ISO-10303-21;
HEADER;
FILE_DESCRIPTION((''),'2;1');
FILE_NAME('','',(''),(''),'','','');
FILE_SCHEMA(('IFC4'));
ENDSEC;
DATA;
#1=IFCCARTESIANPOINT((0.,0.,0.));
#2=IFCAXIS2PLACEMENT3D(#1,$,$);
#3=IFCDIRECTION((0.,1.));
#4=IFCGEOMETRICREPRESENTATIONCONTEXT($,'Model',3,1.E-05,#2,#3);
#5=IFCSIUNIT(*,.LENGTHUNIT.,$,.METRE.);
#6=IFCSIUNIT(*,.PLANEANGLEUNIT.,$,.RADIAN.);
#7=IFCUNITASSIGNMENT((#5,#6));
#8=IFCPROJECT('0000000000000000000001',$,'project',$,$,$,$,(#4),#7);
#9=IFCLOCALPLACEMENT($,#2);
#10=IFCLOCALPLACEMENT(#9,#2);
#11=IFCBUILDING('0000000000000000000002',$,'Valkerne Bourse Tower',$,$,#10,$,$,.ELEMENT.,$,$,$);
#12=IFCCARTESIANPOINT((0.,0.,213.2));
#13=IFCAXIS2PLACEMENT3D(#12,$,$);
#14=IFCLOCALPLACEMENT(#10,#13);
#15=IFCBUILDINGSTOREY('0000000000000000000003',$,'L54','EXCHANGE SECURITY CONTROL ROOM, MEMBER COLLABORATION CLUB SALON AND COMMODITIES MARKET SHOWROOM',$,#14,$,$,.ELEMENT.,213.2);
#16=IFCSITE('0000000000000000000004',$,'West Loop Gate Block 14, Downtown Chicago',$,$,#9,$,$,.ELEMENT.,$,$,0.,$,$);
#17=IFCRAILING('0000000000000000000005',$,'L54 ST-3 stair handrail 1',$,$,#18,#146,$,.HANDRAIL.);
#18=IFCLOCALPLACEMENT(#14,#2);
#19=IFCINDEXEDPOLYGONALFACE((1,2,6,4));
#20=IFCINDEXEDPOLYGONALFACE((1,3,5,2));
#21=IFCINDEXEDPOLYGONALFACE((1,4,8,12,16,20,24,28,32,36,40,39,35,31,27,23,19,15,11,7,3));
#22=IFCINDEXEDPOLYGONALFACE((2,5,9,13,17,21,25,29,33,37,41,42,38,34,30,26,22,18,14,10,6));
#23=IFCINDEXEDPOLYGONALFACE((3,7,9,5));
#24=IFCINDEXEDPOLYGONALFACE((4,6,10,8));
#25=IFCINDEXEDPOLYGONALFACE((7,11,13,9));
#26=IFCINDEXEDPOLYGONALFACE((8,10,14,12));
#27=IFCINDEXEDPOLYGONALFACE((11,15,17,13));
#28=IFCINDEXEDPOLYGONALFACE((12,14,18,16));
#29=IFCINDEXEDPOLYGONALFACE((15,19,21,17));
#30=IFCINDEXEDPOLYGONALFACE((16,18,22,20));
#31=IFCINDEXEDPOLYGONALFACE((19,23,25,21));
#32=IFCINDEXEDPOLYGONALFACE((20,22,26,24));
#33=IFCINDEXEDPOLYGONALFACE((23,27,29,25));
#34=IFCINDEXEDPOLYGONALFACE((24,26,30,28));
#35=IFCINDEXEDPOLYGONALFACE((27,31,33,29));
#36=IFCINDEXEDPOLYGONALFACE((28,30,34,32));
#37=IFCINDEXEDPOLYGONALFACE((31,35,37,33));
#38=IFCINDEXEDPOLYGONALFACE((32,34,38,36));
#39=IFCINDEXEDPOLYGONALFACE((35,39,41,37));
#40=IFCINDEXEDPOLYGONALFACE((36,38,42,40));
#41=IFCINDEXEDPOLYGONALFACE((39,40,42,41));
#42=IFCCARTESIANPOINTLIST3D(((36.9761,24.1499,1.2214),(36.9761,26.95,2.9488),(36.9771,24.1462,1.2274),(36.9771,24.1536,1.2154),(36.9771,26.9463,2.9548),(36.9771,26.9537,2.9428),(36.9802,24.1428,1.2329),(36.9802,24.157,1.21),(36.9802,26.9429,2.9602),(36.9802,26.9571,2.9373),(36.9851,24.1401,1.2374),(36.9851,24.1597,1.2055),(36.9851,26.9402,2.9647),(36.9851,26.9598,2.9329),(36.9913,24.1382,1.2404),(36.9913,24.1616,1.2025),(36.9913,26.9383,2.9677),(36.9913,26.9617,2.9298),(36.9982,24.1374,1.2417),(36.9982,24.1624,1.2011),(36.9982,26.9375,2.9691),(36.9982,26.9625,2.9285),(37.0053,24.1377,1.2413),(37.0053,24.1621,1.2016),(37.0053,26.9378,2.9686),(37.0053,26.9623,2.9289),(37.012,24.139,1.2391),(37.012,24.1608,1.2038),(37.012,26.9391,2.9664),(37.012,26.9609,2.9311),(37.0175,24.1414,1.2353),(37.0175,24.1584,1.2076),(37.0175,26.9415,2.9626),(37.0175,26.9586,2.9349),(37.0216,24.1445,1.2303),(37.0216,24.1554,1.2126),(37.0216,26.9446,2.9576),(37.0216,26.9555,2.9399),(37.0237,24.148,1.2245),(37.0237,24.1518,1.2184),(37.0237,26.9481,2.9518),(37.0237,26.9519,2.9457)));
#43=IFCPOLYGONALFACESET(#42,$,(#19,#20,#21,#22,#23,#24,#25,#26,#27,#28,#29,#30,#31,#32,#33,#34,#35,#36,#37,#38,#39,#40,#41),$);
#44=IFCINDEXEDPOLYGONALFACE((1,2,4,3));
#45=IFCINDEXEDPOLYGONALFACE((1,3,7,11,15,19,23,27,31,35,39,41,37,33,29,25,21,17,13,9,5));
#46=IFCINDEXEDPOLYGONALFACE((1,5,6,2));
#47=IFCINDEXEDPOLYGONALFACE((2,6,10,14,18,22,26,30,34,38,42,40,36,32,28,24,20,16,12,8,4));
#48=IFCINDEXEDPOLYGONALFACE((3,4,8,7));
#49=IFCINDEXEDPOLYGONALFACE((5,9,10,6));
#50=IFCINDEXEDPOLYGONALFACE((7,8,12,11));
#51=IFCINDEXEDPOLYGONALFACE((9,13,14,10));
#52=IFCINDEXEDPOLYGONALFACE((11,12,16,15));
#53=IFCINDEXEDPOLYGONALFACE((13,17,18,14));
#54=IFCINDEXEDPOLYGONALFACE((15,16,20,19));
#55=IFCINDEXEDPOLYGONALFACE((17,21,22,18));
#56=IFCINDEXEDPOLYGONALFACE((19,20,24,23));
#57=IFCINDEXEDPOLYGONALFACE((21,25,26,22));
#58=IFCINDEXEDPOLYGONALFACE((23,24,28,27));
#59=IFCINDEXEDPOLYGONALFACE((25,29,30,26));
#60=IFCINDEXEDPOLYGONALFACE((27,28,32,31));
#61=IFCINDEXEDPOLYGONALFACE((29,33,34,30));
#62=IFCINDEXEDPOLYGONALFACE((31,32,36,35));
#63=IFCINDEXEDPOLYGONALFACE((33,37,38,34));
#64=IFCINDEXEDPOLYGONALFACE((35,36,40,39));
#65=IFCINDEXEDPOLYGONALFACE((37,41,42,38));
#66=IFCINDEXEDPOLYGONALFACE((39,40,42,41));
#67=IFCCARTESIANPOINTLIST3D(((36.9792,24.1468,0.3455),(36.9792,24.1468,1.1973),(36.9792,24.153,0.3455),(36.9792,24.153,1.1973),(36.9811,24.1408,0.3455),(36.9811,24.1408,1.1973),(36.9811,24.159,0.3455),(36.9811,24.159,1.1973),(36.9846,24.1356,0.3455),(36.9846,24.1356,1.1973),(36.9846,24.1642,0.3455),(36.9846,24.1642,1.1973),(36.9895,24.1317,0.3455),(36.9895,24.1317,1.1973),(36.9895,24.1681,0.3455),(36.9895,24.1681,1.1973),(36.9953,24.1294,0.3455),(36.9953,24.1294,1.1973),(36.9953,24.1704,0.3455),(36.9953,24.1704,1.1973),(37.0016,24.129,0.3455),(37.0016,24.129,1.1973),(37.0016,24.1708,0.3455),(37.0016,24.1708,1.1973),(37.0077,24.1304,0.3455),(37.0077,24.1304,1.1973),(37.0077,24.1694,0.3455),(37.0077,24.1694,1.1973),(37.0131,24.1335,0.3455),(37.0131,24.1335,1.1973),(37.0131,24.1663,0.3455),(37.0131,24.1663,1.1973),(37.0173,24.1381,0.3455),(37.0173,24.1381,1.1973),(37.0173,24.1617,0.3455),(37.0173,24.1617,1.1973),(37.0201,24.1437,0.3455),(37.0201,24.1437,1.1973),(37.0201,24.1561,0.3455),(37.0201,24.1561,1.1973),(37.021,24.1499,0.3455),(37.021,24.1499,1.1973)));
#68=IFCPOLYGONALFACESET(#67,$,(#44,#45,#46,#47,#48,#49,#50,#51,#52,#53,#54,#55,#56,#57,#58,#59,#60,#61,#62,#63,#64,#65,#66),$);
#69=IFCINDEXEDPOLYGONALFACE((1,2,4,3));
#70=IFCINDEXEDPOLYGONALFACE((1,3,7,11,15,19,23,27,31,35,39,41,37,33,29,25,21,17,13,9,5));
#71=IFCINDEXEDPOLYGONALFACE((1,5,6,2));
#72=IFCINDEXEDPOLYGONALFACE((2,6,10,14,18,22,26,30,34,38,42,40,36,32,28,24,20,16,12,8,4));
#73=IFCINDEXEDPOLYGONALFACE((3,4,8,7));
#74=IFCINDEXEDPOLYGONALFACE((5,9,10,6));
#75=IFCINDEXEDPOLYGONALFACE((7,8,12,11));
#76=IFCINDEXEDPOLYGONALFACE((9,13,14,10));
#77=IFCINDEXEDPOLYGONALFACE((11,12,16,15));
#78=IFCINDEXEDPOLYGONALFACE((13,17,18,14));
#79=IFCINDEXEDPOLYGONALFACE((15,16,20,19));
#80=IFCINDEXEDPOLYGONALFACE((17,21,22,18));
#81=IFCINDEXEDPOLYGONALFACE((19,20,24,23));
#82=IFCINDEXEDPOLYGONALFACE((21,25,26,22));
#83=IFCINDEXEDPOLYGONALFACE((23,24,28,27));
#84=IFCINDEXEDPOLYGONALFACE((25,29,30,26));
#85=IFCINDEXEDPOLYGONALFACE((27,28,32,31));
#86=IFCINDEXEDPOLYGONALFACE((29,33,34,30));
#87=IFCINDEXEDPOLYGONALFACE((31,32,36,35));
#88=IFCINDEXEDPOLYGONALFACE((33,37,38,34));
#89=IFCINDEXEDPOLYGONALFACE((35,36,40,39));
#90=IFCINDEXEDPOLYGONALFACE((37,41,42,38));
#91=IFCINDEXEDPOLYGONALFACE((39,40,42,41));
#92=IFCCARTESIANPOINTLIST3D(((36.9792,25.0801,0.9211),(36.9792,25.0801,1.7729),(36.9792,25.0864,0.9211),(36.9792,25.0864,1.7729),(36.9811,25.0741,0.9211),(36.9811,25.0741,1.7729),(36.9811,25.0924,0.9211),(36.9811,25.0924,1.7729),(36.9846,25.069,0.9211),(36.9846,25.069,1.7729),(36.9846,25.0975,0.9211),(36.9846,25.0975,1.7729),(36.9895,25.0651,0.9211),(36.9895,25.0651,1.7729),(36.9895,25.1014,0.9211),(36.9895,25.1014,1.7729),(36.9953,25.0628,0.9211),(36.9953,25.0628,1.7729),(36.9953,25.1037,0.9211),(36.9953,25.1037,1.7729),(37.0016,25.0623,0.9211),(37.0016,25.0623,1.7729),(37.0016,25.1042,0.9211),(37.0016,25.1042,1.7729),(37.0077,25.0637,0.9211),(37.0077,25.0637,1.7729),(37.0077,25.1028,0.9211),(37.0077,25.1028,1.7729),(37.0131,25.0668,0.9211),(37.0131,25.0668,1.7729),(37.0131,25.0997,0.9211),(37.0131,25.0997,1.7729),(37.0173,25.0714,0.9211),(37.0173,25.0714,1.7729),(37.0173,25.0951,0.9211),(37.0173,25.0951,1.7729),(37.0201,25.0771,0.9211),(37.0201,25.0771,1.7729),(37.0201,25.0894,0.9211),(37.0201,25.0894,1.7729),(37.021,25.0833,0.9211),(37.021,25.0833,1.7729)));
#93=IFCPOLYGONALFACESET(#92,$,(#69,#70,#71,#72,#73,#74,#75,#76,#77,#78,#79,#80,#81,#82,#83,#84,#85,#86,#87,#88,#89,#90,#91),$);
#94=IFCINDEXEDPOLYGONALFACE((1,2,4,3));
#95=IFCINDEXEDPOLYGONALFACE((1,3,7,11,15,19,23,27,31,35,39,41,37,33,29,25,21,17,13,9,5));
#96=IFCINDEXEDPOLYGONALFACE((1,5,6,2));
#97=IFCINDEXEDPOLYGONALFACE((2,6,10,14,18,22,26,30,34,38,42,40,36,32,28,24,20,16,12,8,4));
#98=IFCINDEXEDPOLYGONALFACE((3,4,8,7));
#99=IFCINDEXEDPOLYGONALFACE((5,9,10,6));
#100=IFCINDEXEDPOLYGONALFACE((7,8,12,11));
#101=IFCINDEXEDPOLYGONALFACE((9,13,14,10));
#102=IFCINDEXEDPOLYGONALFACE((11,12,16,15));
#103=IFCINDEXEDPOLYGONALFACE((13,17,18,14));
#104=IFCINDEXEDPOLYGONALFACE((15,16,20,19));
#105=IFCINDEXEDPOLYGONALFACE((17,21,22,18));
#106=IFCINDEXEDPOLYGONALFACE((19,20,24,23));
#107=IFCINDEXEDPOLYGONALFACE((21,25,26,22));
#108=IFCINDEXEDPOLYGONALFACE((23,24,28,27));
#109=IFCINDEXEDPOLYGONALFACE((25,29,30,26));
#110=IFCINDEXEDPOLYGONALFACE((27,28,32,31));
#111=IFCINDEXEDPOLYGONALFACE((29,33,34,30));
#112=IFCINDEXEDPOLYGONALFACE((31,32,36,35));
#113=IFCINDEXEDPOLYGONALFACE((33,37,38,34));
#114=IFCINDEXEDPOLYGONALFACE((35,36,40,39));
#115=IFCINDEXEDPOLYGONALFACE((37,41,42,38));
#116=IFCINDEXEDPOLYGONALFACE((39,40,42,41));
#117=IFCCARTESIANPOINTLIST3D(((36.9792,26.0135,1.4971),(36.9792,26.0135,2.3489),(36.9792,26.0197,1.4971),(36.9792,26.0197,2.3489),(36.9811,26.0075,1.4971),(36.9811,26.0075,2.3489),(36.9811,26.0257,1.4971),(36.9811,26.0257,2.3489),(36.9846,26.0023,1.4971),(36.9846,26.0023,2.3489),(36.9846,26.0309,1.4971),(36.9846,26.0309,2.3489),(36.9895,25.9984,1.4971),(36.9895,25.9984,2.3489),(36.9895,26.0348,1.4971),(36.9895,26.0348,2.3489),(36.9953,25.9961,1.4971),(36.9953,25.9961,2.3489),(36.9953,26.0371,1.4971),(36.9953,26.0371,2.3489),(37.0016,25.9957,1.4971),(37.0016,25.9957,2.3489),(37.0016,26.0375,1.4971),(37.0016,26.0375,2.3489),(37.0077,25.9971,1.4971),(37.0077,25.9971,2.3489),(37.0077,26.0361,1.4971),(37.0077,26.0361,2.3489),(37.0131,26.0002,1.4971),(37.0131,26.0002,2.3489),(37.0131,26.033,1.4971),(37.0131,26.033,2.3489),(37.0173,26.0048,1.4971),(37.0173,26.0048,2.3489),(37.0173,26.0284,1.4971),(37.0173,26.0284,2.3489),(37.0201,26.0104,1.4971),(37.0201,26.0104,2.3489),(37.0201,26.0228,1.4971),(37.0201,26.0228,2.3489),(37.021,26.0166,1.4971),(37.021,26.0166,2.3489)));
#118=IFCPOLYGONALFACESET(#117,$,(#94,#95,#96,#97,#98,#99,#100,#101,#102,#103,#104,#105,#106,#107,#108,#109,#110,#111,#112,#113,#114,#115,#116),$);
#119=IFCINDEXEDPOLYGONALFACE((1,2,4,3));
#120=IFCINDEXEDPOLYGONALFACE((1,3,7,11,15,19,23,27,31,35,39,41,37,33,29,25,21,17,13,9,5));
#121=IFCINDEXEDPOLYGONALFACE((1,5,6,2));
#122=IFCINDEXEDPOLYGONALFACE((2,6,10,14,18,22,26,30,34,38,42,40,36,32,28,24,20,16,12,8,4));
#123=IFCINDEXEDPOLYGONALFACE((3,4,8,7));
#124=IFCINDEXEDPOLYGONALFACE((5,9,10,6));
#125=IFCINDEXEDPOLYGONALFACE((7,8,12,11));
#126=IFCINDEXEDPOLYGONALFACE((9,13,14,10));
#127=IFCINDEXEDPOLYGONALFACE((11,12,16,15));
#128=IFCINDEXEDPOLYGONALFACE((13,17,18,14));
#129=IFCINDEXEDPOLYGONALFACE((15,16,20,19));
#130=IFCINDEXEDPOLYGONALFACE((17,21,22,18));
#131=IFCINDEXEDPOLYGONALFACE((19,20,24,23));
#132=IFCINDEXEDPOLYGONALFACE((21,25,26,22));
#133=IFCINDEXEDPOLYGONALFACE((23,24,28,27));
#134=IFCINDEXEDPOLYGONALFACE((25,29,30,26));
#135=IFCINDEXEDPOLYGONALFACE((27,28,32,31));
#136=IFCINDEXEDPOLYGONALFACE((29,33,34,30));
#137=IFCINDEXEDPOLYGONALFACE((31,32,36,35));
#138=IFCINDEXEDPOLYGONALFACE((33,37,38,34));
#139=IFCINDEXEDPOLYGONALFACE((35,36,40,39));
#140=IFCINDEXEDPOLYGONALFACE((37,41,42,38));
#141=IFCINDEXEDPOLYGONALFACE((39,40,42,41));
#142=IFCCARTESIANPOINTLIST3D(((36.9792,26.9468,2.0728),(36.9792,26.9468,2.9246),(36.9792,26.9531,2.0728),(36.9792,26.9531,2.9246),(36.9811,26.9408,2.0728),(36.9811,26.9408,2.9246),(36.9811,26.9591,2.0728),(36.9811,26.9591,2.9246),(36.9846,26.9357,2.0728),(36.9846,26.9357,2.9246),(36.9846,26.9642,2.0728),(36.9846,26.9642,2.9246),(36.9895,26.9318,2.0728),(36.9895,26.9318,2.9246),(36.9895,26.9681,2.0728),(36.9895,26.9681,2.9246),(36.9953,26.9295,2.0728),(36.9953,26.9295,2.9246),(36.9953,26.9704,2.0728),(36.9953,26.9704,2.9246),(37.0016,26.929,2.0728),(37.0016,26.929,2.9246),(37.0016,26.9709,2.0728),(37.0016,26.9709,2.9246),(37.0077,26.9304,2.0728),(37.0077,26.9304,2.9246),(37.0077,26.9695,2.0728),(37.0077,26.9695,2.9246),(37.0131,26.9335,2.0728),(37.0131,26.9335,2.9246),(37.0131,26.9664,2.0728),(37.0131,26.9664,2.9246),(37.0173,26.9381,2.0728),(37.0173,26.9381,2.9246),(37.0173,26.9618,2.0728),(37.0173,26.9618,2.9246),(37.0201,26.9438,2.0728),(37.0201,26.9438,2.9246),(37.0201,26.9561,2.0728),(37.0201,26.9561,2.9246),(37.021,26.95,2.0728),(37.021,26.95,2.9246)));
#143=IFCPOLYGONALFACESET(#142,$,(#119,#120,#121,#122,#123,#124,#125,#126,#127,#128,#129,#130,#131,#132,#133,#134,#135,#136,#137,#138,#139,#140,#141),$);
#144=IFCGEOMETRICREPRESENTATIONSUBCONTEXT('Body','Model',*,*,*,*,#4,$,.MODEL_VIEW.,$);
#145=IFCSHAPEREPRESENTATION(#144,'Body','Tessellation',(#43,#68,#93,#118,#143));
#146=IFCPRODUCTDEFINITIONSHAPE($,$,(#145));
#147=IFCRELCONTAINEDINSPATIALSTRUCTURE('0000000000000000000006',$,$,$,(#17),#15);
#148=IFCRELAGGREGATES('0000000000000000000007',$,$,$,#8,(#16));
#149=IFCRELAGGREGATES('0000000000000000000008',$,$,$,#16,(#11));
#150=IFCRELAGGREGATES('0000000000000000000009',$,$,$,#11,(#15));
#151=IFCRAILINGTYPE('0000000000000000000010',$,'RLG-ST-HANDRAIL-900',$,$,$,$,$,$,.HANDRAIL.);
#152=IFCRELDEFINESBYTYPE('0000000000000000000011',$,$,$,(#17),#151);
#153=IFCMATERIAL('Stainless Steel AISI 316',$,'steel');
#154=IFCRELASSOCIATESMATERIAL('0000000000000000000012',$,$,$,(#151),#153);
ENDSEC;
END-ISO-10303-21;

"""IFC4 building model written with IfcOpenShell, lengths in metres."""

from ifc_helpers import new_model, si_unit, direction, frame, origin, origin_2d, place, context, subcontext, project, spatial, circle, extrude, material, type_object, element, save


model = new_model("IFC4")

# Units and contexts
model_context = context("Model", 3, precision=1e-05, world=origin(), true_north=direction((0.0, 1.0)))
body_context = subcontext(model_context, "Body", "Model", "MODEL_VIEW")
ifc_project = project(units=[si_unit("LENGTHUNIT", "METRE"), si_unit("PLANEANGLEUNIT", "RADIAN")], contexts=[model_context])

# Site, building, storey
site_placement = place(None, origin())
site = spatial("IfcSite", under=ifc_project, at=site_placement, Name="West Loop Gate Block 14, Downtown Chicago", CompositionType="ELEMENT", RefElevation=0.0)
building_placement = place(site_placement, origin())
building = spatial("IfcBuilding", under=site, at=building_placement, Name="Valkerne Bourse Tower", CompositionType="ELEMENT")
storey_placement = place(building_placement, frame((0.0, 0.0, 213.2)))
storey = spatial("IfcBuildingStorey", under=building, at=storey_placement, Name="L54", Description="EXCHANGE SECURITY CONTROL ROOM, MEMBER COLLABORATION CLUB SALON AND COMMODITIES MARKET SHOWROOM", CompositionType="ELEMENT", Elevation=213.2)

# Railing
ifc_material_1 = material(Name="Stainless Steel AISI 316", Category="steel")
railing_type_1 = type_object("IfcRailingType", Name="RLG-ST-HANDRAIL-900", PredefinedType="HANDRAIL", material=ifc_material_1)
railing_1_placement = place(storey_placement, frame((37.0, 24.1499, 0.3455)))
element("IfcRailing", 1, at=railing_1_placement, inside=storey, type_object=railing_type_1, Name="L54 ST-3 stair handrail 1", PredefinedType="HANDRAIL", context=body_context, shape_type="SweptSolid", body=[
    extrude(circle(Radius=0.0239, at=origin_2d()), frame((0.0, 0.0, 0.876), z_axis=(0.0, 0.85109, 0.52502), x_axis=(-1.0, 0.0, 0.0)), (0.0, 0.0, 1.0), 3.29),
    extrude(circle(Radius=0.021, at=origin_2d()), origin(), (0.0, 0.0, 1.0), 0.8518),
    extrude(circle(Radius=0.021, at=origin_2d()), frame((0.0, 0.9333, 0.5757)), (0.0, 0.0, 1.0), 0.8518),
    extrude(circle(Radius=0.021, at=origin_2d()), frame((0.0, 1.8667, 1.1516)), (0.0, 0.0, 1.0), 0.8518),
    extrude(circle(Radius=0.021, at=origin_2d()), frame((0.0, 2.8, 1.7273)), (0.0, 0.0, 1.0), 0.8518),
])

save(model, "model.ifc")
